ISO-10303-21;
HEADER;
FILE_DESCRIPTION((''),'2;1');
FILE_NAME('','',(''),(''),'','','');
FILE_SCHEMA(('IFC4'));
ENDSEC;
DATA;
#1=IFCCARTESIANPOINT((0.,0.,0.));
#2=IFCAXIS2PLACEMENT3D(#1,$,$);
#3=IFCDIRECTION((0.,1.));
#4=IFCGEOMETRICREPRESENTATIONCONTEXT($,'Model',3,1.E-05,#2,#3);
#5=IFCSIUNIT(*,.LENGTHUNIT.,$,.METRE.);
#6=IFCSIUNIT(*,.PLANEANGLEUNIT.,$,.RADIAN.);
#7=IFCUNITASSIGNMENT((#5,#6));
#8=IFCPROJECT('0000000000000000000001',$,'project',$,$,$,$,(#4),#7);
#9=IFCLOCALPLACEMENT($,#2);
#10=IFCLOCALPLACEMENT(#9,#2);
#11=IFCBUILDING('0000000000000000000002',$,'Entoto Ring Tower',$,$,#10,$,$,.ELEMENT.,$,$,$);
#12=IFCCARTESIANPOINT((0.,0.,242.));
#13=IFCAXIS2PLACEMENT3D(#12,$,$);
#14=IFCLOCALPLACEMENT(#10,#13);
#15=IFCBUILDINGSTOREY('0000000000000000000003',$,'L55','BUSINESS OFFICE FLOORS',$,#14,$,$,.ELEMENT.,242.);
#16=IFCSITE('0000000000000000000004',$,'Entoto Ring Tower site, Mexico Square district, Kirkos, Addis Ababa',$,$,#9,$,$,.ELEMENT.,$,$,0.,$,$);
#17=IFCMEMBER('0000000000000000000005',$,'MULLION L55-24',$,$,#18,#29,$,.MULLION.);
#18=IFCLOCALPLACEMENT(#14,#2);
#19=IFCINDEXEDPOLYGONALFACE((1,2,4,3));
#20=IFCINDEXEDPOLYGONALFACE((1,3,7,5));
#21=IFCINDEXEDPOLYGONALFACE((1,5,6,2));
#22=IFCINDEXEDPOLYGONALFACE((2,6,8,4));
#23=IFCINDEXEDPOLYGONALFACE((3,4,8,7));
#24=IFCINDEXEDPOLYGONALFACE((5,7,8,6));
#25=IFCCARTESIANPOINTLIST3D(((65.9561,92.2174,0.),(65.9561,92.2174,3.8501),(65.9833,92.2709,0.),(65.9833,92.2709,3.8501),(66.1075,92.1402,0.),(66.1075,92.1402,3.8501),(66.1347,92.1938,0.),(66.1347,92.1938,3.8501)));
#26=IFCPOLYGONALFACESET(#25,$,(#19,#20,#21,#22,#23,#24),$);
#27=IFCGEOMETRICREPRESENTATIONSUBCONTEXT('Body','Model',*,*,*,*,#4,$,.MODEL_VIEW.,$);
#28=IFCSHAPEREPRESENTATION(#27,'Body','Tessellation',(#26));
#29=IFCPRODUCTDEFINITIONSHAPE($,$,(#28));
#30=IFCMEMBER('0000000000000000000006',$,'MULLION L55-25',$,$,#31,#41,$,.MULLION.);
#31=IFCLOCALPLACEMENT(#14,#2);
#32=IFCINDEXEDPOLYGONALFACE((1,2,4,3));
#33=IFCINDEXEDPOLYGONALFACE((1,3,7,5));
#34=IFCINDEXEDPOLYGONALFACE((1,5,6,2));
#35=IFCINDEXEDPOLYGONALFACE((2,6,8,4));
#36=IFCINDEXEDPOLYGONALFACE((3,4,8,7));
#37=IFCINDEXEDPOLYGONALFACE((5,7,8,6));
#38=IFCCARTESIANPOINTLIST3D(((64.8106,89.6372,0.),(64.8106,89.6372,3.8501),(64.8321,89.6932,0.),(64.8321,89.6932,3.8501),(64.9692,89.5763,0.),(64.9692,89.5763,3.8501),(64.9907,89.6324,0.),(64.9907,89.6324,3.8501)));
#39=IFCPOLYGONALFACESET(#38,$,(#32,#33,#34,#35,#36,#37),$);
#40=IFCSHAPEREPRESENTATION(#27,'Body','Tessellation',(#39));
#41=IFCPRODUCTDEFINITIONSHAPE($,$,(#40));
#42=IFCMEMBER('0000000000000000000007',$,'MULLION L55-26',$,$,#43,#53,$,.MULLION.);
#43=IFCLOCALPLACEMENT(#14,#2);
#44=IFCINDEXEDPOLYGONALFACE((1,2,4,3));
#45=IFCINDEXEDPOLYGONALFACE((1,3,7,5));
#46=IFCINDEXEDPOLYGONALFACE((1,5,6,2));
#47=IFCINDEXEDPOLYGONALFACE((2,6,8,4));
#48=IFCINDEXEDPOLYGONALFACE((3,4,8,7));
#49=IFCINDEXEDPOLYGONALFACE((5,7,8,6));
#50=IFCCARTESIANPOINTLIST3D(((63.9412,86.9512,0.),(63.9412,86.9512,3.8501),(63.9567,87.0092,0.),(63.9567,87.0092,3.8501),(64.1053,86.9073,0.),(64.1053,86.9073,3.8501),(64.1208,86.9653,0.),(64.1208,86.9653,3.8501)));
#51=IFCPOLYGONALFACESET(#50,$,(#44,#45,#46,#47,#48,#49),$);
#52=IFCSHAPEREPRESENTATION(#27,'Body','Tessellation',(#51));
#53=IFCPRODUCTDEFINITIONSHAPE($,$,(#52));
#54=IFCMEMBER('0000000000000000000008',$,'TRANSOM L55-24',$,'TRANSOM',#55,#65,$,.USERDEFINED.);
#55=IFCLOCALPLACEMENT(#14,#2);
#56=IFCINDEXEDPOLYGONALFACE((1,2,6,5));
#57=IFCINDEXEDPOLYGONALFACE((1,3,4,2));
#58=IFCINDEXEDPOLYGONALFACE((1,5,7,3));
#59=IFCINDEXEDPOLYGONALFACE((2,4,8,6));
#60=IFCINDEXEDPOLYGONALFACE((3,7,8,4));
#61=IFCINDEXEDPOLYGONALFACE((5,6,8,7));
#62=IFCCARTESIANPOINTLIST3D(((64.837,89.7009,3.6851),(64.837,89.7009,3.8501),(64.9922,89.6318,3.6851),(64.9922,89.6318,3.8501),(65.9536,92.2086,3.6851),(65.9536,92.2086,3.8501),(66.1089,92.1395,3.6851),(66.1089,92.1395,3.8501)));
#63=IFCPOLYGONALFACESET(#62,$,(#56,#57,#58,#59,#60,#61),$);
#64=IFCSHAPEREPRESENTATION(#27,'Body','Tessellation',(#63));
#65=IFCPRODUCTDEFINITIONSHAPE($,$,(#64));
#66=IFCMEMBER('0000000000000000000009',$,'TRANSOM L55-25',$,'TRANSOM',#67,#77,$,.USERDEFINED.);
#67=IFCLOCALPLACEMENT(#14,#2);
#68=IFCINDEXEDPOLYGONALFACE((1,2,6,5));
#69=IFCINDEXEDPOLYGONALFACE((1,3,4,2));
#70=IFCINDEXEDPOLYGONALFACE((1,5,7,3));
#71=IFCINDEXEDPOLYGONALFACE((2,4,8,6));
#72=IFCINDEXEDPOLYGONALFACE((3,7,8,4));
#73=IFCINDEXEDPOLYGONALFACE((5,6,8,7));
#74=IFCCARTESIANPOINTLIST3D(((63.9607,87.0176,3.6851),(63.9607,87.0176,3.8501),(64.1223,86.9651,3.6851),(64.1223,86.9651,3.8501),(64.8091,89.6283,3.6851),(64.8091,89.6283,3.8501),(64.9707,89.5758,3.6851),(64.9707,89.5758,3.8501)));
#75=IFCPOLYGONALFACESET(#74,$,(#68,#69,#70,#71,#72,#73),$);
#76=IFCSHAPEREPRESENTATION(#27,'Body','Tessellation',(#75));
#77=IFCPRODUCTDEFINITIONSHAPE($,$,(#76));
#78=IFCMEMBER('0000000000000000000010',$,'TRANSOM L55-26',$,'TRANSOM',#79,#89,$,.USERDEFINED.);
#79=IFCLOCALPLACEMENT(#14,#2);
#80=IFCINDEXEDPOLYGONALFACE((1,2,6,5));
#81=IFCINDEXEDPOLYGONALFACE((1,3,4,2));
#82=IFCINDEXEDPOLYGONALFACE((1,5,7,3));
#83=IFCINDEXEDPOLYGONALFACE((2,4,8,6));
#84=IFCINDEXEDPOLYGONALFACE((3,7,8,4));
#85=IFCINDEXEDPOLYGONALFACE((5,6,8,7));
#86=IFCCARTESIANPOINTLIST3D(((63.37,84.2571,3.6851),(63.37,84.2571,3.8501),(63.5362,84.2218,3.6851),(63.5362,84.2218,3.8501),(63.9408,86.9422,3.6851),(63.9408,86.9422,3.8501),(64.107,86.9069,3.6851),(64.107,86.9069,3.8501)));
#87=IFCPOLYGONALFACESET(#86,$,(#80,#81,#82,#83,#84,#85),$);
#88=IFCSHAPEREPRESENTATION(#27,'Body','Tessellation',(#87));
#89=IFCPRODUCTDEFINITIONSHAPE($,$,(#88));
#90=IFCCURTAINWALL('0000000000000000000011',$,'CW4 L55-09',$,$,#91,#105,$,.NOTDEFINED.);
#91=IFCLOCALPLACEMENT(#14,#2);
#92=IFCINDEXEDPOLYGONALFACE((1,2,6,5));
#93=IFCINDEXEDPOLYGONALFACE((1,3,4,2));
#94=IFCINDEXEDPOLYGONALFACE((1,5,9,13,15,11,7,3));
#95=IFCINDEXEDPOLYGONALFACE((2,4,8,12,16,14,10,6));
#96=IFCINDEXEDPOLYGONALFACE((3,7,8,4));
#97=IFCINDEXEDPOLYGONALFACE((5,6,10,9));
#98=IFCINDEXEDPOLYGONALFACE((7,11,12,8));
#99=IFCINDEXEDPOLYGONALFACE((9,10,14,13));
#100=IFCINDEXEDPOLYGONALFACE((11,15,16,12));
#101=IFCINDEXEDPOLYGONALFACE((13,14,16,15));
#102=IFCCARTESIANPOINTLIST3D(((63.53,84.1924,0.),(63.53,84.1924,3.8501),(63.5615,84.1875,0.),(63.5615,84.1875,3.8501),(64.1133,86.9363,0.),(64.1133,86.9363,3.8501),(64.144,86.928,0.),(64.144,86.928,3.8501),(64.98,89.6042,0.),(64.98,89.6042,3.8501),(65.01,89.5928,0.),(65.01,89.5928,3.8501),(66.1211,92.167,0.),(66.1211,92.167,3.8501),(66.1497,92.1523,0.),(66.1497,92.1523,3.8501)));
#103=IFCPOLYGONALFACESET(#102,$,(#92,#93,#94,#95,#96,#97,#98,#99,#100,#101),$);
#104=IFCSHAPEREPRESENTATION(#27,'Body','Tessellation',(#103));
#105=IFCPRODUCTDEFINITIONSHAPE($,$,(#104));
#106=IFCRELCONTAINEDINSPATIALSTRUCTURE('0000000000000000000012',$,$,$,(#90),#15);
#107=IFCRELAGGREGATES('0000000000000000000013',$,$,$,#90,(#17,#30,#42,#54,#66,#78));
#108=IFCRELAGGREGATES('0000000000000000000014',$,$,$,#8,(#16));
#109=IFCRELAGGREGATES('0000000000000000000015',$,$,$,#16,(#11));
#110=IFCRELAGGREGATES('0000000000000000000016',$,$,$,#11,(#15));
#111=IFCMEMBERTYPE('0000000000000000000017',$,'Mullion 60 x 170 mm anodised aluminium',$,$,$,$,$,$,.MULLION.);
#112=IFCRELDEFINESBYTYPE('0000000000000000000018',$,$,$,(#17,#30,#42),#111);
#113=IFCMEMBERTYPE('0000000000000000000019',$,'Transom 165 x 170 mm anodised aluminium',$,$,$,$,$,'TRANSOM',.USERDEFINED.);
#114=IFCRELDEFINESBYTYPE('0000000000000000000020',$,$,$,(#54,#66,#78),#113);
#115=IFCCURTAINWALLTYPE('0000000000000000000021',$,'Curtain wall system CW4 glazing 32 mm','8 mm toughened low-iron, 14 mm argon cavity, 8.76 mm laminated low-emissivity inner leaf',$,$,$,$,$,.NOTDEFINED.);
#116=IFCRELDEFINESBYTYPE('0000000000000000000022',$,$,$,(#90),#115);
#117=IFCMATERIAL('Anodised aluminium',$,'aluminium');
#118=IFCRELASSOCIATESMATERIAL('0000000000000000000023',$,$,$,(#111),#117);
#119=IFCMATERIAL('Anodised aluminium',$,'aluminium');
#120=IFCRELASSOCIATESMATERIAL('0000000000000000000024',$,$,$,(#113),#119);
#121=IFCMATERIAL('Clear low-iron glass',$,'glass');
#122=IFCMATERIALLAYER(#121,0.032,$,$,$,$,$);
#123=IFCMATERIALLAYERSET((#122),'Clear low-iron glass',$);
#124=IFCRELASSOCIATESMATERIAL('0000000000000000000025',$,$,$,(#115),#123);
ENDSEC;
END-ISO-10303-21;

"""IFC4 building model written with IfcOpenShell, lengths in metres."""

from ifc_helpers import new_model, si_unit, direction, frame, origin, origin_2d, place, context, subcontext, project, spatial, polyline, rectangle, outline, extrude, material, layer, layer_set, material_profile, profile_set, type_object, element, aggregate, save


model = new_model("IFC4")

# Units and contexts
model_context = context("Model", 3, precision=1e-05, world=origin(), true_north=direction((0.0, 1.0)))
body_context = subcontext(model_context, "Body", "Model", "MODEL_VIEW")
ifc_project = project(units=[si_unit("LENGTHUNIT", "METRE"), si_unit("PLANEANGLEUNIT", "RADIAN")], contexts=[model_context])

# Members
ifc_material_1 = material(Name="Anodised aluminium", Category="aluminium")
ifc_material_profile_1 = material_profile(ifc_material_1, rectangle(XDim=0.0601, YDim=0.1699, at=origin_2d()), Name="Mullion 60 x 170 mm anodised aluminium")
ifc_profile_set_1 = profile_set([ifc_material_profile_1], Name="Anodised aluminium")
member_type_1 = type_object("IfcMemberType", Name="Mullion 60 x 170 mm anodised aluminium", PredefinedType="MULLION", material=ifc_profile_set_1)
site_placement = place(None, origin())
building_placement = place(site_placement, origin())
storey_placement = place(building_placement, frame((0.0, 0.0, 242.0)))
member_1_placement = place(storey_placement, frame((66.0454, 92.2056, 0.0), z_axis=(0.0, 0.0, 1.0), x_axis=(-0.45399, -0.891007, 0.0)))
member_1 = element("IfcMember", 1, at=member_1_placement, type_object=member_type_1, Name="MULLION L55-24", PredefinedType="MULLION", context=body_context, shape_type="SweptSolid", body=[
    extrude(rectangle(XDim=0.0601, YDim=0.1699, at=origin_2d()), origin(), (0.0, 0.0, 1.0), 3.8501),
])
member_2_placement = place(storey_placement, frame((64.9006, 89.6348, 0.0), z_axis=(0.0, 0.0, 1.0), x_axis=(-0.358368, -0.93358, 0.0)))
member_2 = element("IfcMember", 2, at=member_2_placement, type_object=member_type_1, Name="MULLION L55-25", PredefinedType="MULLION", context=body_context, shape_type="SweptSolid", body=[
    extrude(rectangle(XDim=0.0601, YDim=0.1699, at=origin_2d()), origin(), (0.0, 0.0, 1.0), 3.8501),
])
member_3_placement = place(storey_placement, frame((64.031, 86.9583, 0.0), z_axis=(0.0, 0.0, 1.0), x_axis=(-0.258819, -0.965926, 0.0)))
member_3 = element("IfcMember", 3, at=member_3_placement, type_object=member_type_1, Name="MULLION L55-26", PredefinedType="MULLION", context=body_context, shape_type="SweptSolid", body=[
    extrude(rectangle(XDim=0.0601, YDim=0.1699, at=origin_2d()), origin(), (0.0, 0.0, 1.0), 3.8501),
])
ifc_material_2 = material(Name="Anodised aluminium", Category="aluminium")
ifc_material_profile_2 = material_profile(ifc_material_2, rectangle(XDim=0.1699, YDim=0.165, at=origin_2d()), Name="Transom 165 x 170 mm anodised aluminium")
ifc_profile_set_2 = profile_set([ifc_material_profile_2], Name="Anodised aluminium")
member_type_2 = type_object("IfcMemberType", Name="Transom 165 x 170 mm anodised aluminium", ElementType="TRANSOM", PredefinedType="USERDEFINED", material=ifc_profile_set_2)
member_4_placement = place(storey_placement, frame((66.0312, 92.1741, 3.7676), z_axis=(-0.406782, -0.913525, 0.0), x_axis=(0.913525, -0.406782, 0.0)))
member_4 = element("IfcMember", 4, at=member_4_placement, type_object=member_type_2, Name="TRANSOM L55-24", ObjectType="TRANSOM", PredefinedType="USERDEFINED", context=body_context, shape_type="SweptSolid", body=[
    extrude(rectangle(XDim=0.1699, YDim=0.165, at=origin_2d()), origin(), (0.0, 0.0, 1.0), 2.7451),
])
member_5_placement = place(storey_placement, frame((64.8899, 89.6021, 3.7676), z_axis=(-0.309042, -0.951048, 0.0), x_axis=(0.951048, -0.309042, 0.0)))
member_5 = element("IfcMember", 5, at=member_5_placement, type_object=member_type_2, Name="TRANSOM L55-25", ObjectType="TRANSOM", PredefinedType="USERDEFINED", context=body_context, shape_type="SweptSolid", body=[
    extrude(rectangle(XDim=0.1699, YDim=0.165, at=origin_2d()), origin(), (0.0, 0.0, 1.0), 2.7451),
])
member_6_placement = place(storey_placement, frame((64.0239, 86.9246, 3.7676), z_axis=(-0.207937, -0.978142, 0.0), x_axis=(0.978142, -0.207937, 0.0)))
member_6 = element("IfcMember", 6, at=member_6_placement, type_object=member_type_2, Name="TRANSOM L55-26", ObjectType="TRANSOM", PredefinedType="USERDEFINED", context=body_context, shape_type="SweptSolid", body=[
    extrude(rectangle(XDim=0.1699, YDim=0.165, at=origin_2d()), origin(), (0.0, 0.0, 1.0), 2.7451),
])

# Site, building, storey
site = spatial("IfcSite", under=ifc_project, at=site_placement, Name="Entoto Ring Tower site, Mexico Square district, Kirkos, Addis Ababa", CompositionType="ELEMENT", RefElevation=0.0)
building = spatial("IfcBuilding", under=site, at=building_placement, Name="Entoto Ring Tower", CompositionType="ELEMENT")
storey = spatial("IfcBuildingStorey", under=building, at=storey_placement, Name="L55", Description="BUSINESS OFFICE FLOORS", CompositionType="ELEMENT", Elevation=242.0)

# Curtain wall
ifc_material_3 = material(Name="Clear low-iron glass", Category="glass")
ifc_layer = layer(ifc_material_3, 0.032)
ifc_layer_set = layer_set([ifc_layer], Name="Clear low-iron glass")
curtain_wall_type = type_object("IfcCurtainWallType", Name="Curtain wall system CW4 glazing 32 mm", Description="8 mm toughened low-iron, 14 mm argon cavity, 8.76 mm laminated low-emissivity inner leaf", PredefinedType="NOTDEFINED", material=ifc_layer_set)
curtain_wall_1_placement = place(storey_placement, origin())
curtain_wall_1 = element("IfcCurtainWall", 7, at=curtain_wall_1_placement, inside=storey, type_object=curtain_wall_type, Name="CW4 L55-09", PredefinedType="NOTDEFINED", context=body_context, shape_type="SweptSolid", body=[
    extrude(outline(polyline([(66.1211, 92.167), (64.98, 89.6042), (64.1133, 86.9363), (63.53, 84.1924), (63.5615, 84.1875), (64.144, 86.928), (65.01, 89.5928), (66.1497, 92.1523), (66.1211, 92.167)])), origin(), (0.0, 0.0, 1.0), 3.8501),
])
aggregate(curtain_wall_1, [member_1, member_2, member_3, member_4, member_5, member_6])

save(model, "model.ifc")
